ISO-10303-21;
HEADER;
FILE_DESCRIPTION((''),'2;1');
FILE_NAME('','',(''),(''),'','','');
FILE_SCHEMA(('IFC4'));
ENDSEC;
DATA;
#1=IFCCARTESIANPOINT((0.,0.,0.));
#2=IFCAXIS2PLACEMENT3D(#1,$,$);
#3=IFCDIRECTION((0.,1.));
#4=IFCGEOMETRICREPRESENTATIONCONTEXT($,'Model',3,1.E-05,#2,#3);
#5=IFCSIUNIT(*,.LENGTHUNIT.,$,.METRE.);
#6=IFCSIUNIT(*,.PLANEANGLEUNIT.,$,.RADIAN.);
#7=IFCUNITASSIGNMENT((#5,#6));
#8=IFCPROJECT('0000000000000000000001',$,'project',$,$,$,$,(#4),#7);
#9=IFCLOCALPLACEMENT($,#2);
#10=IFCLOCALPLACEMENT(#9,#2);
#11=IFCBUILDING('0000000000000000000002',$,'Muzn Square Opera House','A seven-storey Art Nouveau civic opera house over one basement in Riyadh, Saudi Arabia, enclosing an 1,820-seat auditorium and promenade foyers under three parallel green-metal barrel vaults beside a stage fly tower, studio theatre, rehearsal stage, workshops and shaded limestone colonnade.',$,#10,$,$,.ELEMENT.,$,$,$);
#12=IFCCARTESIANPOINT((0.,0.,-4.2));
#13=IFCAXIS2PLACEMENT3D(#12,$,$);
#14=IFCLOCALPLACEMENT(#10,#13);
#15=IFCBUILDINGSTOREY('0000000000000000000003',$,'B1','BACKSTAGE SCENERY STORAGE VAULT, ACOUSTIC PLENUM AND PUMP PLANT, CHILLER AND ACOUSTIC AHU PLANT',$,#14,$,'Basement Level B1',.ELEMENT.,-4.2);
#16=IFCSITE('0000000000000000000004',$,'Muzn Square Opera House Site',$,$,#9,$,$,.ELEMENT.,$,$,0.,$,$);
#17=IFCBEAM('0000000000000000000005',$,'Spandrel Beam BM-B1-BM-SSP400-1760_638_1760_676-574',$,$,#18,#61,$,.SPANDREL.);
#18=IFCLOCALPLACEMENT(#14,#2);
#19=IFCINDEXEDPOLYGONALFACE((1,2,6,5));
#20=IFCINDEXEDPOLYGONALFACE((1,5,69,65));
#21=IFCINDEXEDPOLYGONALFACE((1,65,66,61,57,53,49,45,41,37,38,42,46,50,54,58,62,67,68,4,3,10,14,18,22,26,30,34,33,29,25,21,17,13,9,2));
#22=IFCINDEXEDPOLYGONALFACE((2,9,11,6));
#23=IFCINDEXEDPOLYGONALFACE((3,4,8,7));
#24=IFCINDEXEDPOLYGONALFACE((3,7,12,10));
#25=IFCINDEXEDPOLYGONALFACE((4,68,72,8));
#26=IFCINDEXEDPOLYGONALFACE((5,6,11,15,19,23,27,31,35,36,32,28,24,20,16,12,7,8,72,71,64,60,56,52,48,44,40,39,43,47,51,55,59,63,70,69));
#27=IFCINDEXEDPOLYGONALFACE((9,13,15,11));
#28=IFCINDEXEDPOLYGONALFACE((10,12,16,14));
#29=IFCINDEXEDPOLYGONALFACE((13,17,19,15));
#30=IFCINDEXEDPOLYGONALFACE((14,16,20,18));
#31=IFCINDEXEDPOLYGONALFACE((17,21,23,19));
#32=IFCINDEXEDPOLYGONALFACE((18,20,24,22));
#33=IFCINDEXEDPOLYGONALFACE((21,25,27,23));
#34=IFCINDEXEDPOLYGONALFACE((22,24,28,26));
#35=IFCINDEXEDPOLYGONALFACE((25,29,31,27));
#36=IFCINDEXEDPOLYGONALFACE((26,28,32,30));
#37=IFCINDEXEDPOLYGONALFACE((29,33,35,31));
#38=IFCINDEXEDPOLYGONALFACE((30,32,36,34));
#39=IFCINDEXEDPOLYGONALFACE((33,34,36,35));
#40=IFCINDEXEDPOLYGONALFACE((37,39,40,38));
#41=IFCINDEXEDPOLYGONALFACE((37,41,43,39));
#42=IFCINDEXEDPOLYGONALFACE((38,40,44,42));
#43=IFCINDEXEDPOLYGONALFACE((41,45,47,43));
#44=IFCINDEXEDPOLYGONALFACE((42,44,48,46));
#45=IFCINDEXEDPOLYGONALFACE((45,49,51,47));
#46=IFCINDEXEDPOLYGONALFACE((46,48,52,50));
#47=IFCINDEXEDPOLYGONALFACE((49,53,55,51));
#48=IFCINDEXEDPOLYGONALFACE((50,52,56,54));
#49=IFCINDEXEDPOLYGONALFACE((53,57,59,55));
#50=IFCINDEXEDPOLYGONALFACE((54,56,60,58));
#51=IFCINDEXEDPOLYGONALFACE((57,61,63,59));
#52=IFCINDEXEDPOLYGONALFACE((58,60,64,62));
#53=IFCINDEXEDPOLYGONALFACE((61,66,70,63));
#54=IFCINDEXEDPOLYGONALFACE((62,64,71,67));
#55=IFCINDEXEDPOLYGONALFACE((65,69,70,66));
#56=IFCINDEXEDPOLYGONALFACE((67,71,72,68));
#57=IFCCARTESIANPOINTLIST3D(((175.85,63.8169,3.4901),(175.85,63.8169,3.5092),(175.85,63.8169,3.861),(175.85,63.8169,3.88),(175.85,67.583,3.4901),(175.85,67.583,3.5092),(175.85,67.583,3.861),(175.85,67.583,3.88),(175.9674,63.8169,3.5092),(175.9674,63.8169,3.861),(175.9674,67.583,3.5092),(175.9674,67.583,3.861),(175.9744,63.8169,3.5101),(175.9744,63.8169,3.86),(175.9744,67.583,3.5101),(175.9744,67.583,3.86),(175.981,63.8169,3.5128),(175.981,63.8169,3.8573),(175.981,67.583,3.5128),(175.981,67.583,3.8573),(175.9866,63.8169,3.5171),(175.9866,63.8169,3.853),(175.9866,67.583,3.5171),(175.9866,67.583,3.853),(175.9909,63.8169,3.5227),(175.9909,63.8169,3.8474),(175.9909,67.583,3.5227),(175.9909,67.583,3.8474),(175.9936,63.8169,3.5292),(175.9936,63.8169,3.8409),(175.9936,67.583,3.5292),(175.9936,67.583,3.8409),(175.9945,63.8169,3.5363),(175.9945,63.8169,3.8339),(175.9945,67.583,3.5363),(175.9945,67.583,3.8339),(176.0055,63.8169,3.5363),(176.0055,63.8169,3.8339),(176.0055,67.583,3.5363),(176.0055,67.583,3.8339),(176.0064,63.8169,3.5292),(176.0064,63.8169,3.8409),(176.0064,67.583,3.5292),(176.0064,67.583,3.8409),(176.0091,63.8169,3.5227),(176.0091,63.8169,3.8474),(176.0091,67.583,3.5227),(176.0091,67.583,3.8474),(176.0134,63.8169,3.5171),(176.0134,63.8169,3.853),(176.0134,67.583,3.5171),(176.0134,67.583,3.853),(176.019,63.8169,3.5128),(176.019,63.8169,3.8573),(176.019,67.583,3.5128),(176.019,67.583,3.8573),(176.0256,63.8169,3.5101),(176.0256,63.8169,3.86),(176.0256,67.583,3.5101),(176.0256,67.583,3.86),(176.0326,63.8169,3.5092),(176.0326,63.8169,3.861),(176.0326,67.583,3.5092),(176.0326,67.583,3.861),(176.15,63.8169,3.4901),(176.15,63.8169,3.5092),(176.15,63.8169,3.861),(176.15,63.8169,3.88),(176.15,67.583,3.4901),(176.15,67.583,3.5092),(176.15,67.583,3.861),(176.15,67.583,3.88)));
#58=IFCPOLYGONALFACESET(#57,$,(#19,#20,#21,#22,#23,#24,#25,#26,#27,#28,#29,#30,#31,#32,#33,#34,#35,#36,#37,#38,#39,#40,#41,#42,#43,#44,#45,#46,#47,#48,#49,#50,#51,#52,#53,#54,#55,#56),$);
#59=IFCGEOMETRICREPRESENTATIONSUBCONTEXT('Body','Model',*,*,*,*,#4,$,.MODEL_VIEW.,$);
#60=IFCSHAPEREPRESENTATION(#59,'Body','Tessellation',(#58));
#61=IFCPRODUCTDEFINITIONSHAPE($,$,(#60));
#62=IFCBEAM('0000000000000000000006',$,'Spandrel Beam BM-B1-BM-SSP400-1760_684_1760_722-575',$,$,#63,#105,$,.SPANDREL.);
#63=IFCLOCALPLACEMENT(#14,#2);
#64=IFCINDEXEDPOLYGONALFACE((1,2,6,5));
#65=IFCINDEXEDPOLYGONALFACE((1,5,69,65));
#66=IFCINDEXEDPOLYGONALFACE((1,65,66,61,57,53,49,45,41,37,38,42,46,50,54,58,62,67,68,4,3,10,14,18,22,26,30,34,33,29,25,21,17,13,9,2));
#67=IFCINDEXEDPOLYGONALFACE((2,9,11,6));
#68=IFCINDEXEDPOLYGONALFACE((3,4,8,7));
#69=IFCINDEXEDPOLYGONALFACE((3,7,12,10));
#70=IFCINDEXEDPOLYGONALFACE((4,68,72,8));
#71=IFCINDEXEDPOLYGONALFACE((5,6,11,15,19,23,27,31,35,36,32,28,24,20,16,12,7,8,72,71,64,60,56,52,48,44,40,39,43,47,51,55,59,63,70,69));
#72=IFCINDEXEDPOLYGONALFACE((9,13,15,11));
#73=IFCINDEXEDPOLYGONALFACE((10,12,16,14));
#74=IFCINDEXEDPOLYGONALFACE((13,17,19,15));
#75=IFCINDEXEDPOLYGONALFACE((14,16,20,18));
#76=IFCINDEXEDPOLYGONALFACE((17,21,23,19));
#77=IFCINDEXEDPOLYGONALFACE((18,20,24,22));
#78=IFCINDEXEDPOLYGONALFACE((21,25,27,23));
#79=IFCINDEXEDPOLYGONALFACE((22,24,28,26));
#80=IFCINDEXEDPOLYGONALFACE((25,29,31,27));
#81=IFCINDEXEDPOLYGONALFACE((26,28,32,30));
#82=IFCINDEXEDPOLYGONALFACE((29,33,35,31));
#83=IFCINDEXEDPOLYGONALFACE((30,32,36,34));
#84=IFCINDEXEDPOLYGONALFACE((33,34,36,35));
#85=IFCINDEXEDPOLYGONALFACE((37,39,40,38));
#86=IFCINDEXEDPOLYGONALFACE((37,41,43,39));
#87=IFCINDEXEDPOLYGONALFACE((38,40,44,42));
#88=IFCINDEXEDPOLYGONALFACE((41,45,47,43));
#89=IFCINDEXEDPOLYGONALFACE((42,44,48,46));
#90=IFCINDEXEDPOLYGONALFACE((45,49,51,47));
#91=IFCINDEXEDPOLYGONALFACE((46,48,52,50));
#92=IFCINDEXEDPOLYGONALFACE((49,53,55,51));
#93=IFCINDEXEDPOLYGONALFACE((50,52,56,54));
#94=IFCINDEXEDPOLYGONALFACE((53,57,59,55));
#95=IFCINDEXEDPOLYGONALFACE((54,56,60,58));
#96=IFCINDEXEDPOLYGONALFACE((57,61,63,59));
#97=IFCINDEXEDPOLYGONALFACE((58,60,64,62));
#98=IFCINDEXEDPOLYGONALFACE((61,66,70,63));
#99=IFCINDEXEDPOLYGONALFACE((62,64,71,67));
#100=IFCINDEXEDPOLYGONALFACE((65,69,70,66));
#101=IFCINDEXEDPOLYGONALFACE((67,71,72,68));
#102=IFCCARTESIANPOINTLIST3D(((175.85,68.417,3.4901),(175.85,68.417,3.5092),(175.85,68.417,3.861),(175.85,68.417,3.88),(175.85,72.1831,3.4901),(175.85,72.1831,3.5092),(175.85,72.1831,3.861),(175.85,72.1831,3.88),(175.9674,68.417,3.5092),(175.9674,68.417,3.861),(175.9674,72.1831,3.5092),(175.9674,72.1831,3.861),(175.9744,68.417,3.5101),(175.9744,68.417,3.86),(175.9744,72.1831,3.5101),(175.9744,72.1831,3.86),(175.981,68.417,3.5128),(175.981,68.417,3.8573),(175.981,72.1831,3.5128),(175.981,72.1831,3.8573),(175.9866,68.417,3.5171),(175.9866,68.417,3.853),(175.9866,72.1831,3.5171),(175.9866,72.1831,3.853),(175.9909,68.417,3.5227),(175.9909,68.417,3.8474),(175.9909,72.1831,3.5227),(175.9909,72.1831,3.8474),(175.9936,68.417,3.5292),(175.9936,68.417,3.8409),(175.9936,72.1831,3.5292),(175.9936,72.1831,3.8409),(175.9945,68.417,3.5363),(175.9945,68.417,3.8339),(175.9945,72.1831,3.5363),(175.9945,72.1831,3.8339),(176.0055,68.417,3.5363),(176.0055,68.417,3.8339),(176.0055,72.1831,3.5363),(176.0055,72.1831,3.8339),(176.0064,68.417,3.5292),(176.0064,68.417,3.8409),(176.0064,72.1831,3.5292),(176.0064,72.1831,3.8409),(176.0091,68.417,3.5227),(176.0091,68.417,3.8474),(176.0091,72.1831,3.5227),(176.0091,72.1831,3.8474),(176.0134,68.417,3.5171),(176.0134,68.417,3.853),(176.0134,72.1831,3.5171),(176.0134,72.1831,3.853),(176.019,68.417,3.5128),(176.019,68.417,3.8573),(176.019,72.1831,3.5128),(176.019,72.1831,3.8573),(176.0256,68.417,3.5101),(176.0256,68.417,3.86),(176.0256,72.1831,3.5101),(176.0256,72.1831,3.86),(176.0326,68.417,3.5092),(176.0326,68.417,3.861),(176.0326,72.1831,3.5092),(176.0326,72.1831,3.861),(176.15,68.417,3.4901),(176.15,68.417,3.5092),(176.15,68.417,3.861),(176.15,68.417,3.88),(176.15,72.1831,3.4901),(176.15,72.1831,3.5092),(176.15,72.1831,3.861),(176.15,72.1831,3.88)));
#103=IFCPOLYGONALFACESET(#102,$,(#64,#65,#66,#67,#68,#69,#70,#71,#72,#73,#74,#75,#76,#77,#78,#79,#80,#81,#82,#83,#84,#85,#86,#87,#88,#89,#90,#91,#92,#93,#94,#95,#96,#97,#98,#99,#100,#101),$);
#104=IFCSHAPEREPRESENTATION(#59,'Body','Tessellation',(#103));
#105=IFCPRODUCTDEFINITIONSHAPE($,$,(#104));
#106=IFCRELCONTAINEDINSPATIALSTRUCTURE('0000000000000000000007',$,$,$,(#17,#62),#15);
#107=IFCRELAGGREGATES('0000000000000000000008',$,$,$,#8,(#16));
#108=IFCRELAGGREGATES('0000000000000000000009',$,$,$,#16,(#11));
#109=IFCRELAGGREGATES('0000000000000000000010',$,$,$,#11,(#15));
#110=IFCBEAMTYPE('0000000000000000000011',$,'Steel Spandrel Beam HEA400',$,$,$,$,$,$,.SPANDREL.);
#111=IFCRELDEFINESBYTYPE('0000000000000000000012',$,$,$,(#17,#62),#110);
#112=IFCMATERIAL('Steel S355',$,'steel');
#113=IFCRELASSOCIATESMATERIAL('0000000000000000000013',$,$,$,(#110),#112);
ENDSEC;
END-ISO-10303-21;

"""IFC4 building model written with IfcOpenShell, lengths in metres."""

from ifc_helpers import new_model, si_unit, direction, frame, origin, origin_2d, place, context, subcontext, project, spatial, i_section, extrude, material, material_profile, profile_set, type_object, element, save


model = new_model("IFC4")

# Units and contexts
model_context = context("Model", 3, precision=1e-05, world=origin(), true_north=direction((0.0, 1.0)))
body_context = subcontext(model_context, "Body", "Model", "MODEL_VIEW")
ifc_project = project(units=[si_unit("LENGTHUNIT", "METRE"), si_unit("PLANEANGLEUNIT", "RADIAN")], contexts=[model_context])

# Site, building, storey
site_placement = place(None, origin())
site = spatial("IfcSite", under=ifc_project, at=site_placement, Name="Muzn Square Opera House Site", CompositionType="ELEMENT", RefElevation=0.0)
building_placement = place(site_placement, origin())
building = spatial("IfcBuilding", under=site, at=building_placement, Name="Muzn Square Opera House", Description="A seven-storey Art Nouveau civic opera house over one basement in Riyadh, Saudi Arabia, enclosing an 1,820-seat auditorium and promenade foyers under three parallel green-metal barrel vaults beside a stage fly tower, studio theatre, rehearsal stage, workshops and shaded limestone colonnade.", CompositionType="ELEMENT")
storey_placement = place(building_placement, frame((0.0, 0.0, -4.2)))
storey = spatial("IfcBuildingStorey", under=building, at=storey_placement, Name="B1", Description="BACKSTAGE SCENERY STORAGE VAULT, ACOUSTIC PLENUM AND PUMP PLANT, CHILLER AND ACOUSTIC AHU PLANT", LongName="Basement Level B1", CompositionType="ELEMENT", Elevation=-4.2)

# Beams
ifc_material_1 = material(Name="Steel S355", Category="steel")
ifc_material_profile_1 = material_profile(ifc_material_1, i_section(OverallWidth=0.3, OverallDepth=0.3899, WebThickness=0.011, FlangeThickness=0.019, FilletRadius=0.0271, at=origin_2d()), Name="HEA 400", Category="steel")
ifc_profile_set_1 = profile_set([ifc_material_profile_1], Name="Steel S355")
beam_type_1 = type_object("IfcBeamType", Name="Steel Spandrel Beam HEA400", PredefinedType="SPANDREL", material=ifc_profile_set_1)
for number, where, z_axis, x_axis, name in (
    (1, (176.0, 63.8169, 3.6851), (0.0, 1.0, 0.0), (-1.0, 0.0, 0.0), "Spandrel Beam BM-B1-BM-SSP400-1760_638_1760_676-574"),
    (2, (176.0, 68.417, 3.6851), (0.0, 1.0, 0.0), (-1.0, 0.0, 0.0), "Spandrel Beam BM-B1-BM-SSP400-1760_684_1760_722-575"),
):
    element("IfcBeam", number, at=place(storey_placement, frame(where, z_axis=z_axis, x_axis=x_axis)), inside=storey, type_object=beam_type_1, Name=name, PredefinedType="SPANDREL", context=body_context, shape_type="SweptSolid", body=[
        extrude(i_section(OverallWidth=0.3, OverallDepth=0.3899, WebThickness=0.011, FlangeThickness=0.019, FilletRadius=0.0271, at=origin_2d()), origin(), (0.0, 0.0, 1.0), 3.7661),
    ])

save(model, "model.ifc")
